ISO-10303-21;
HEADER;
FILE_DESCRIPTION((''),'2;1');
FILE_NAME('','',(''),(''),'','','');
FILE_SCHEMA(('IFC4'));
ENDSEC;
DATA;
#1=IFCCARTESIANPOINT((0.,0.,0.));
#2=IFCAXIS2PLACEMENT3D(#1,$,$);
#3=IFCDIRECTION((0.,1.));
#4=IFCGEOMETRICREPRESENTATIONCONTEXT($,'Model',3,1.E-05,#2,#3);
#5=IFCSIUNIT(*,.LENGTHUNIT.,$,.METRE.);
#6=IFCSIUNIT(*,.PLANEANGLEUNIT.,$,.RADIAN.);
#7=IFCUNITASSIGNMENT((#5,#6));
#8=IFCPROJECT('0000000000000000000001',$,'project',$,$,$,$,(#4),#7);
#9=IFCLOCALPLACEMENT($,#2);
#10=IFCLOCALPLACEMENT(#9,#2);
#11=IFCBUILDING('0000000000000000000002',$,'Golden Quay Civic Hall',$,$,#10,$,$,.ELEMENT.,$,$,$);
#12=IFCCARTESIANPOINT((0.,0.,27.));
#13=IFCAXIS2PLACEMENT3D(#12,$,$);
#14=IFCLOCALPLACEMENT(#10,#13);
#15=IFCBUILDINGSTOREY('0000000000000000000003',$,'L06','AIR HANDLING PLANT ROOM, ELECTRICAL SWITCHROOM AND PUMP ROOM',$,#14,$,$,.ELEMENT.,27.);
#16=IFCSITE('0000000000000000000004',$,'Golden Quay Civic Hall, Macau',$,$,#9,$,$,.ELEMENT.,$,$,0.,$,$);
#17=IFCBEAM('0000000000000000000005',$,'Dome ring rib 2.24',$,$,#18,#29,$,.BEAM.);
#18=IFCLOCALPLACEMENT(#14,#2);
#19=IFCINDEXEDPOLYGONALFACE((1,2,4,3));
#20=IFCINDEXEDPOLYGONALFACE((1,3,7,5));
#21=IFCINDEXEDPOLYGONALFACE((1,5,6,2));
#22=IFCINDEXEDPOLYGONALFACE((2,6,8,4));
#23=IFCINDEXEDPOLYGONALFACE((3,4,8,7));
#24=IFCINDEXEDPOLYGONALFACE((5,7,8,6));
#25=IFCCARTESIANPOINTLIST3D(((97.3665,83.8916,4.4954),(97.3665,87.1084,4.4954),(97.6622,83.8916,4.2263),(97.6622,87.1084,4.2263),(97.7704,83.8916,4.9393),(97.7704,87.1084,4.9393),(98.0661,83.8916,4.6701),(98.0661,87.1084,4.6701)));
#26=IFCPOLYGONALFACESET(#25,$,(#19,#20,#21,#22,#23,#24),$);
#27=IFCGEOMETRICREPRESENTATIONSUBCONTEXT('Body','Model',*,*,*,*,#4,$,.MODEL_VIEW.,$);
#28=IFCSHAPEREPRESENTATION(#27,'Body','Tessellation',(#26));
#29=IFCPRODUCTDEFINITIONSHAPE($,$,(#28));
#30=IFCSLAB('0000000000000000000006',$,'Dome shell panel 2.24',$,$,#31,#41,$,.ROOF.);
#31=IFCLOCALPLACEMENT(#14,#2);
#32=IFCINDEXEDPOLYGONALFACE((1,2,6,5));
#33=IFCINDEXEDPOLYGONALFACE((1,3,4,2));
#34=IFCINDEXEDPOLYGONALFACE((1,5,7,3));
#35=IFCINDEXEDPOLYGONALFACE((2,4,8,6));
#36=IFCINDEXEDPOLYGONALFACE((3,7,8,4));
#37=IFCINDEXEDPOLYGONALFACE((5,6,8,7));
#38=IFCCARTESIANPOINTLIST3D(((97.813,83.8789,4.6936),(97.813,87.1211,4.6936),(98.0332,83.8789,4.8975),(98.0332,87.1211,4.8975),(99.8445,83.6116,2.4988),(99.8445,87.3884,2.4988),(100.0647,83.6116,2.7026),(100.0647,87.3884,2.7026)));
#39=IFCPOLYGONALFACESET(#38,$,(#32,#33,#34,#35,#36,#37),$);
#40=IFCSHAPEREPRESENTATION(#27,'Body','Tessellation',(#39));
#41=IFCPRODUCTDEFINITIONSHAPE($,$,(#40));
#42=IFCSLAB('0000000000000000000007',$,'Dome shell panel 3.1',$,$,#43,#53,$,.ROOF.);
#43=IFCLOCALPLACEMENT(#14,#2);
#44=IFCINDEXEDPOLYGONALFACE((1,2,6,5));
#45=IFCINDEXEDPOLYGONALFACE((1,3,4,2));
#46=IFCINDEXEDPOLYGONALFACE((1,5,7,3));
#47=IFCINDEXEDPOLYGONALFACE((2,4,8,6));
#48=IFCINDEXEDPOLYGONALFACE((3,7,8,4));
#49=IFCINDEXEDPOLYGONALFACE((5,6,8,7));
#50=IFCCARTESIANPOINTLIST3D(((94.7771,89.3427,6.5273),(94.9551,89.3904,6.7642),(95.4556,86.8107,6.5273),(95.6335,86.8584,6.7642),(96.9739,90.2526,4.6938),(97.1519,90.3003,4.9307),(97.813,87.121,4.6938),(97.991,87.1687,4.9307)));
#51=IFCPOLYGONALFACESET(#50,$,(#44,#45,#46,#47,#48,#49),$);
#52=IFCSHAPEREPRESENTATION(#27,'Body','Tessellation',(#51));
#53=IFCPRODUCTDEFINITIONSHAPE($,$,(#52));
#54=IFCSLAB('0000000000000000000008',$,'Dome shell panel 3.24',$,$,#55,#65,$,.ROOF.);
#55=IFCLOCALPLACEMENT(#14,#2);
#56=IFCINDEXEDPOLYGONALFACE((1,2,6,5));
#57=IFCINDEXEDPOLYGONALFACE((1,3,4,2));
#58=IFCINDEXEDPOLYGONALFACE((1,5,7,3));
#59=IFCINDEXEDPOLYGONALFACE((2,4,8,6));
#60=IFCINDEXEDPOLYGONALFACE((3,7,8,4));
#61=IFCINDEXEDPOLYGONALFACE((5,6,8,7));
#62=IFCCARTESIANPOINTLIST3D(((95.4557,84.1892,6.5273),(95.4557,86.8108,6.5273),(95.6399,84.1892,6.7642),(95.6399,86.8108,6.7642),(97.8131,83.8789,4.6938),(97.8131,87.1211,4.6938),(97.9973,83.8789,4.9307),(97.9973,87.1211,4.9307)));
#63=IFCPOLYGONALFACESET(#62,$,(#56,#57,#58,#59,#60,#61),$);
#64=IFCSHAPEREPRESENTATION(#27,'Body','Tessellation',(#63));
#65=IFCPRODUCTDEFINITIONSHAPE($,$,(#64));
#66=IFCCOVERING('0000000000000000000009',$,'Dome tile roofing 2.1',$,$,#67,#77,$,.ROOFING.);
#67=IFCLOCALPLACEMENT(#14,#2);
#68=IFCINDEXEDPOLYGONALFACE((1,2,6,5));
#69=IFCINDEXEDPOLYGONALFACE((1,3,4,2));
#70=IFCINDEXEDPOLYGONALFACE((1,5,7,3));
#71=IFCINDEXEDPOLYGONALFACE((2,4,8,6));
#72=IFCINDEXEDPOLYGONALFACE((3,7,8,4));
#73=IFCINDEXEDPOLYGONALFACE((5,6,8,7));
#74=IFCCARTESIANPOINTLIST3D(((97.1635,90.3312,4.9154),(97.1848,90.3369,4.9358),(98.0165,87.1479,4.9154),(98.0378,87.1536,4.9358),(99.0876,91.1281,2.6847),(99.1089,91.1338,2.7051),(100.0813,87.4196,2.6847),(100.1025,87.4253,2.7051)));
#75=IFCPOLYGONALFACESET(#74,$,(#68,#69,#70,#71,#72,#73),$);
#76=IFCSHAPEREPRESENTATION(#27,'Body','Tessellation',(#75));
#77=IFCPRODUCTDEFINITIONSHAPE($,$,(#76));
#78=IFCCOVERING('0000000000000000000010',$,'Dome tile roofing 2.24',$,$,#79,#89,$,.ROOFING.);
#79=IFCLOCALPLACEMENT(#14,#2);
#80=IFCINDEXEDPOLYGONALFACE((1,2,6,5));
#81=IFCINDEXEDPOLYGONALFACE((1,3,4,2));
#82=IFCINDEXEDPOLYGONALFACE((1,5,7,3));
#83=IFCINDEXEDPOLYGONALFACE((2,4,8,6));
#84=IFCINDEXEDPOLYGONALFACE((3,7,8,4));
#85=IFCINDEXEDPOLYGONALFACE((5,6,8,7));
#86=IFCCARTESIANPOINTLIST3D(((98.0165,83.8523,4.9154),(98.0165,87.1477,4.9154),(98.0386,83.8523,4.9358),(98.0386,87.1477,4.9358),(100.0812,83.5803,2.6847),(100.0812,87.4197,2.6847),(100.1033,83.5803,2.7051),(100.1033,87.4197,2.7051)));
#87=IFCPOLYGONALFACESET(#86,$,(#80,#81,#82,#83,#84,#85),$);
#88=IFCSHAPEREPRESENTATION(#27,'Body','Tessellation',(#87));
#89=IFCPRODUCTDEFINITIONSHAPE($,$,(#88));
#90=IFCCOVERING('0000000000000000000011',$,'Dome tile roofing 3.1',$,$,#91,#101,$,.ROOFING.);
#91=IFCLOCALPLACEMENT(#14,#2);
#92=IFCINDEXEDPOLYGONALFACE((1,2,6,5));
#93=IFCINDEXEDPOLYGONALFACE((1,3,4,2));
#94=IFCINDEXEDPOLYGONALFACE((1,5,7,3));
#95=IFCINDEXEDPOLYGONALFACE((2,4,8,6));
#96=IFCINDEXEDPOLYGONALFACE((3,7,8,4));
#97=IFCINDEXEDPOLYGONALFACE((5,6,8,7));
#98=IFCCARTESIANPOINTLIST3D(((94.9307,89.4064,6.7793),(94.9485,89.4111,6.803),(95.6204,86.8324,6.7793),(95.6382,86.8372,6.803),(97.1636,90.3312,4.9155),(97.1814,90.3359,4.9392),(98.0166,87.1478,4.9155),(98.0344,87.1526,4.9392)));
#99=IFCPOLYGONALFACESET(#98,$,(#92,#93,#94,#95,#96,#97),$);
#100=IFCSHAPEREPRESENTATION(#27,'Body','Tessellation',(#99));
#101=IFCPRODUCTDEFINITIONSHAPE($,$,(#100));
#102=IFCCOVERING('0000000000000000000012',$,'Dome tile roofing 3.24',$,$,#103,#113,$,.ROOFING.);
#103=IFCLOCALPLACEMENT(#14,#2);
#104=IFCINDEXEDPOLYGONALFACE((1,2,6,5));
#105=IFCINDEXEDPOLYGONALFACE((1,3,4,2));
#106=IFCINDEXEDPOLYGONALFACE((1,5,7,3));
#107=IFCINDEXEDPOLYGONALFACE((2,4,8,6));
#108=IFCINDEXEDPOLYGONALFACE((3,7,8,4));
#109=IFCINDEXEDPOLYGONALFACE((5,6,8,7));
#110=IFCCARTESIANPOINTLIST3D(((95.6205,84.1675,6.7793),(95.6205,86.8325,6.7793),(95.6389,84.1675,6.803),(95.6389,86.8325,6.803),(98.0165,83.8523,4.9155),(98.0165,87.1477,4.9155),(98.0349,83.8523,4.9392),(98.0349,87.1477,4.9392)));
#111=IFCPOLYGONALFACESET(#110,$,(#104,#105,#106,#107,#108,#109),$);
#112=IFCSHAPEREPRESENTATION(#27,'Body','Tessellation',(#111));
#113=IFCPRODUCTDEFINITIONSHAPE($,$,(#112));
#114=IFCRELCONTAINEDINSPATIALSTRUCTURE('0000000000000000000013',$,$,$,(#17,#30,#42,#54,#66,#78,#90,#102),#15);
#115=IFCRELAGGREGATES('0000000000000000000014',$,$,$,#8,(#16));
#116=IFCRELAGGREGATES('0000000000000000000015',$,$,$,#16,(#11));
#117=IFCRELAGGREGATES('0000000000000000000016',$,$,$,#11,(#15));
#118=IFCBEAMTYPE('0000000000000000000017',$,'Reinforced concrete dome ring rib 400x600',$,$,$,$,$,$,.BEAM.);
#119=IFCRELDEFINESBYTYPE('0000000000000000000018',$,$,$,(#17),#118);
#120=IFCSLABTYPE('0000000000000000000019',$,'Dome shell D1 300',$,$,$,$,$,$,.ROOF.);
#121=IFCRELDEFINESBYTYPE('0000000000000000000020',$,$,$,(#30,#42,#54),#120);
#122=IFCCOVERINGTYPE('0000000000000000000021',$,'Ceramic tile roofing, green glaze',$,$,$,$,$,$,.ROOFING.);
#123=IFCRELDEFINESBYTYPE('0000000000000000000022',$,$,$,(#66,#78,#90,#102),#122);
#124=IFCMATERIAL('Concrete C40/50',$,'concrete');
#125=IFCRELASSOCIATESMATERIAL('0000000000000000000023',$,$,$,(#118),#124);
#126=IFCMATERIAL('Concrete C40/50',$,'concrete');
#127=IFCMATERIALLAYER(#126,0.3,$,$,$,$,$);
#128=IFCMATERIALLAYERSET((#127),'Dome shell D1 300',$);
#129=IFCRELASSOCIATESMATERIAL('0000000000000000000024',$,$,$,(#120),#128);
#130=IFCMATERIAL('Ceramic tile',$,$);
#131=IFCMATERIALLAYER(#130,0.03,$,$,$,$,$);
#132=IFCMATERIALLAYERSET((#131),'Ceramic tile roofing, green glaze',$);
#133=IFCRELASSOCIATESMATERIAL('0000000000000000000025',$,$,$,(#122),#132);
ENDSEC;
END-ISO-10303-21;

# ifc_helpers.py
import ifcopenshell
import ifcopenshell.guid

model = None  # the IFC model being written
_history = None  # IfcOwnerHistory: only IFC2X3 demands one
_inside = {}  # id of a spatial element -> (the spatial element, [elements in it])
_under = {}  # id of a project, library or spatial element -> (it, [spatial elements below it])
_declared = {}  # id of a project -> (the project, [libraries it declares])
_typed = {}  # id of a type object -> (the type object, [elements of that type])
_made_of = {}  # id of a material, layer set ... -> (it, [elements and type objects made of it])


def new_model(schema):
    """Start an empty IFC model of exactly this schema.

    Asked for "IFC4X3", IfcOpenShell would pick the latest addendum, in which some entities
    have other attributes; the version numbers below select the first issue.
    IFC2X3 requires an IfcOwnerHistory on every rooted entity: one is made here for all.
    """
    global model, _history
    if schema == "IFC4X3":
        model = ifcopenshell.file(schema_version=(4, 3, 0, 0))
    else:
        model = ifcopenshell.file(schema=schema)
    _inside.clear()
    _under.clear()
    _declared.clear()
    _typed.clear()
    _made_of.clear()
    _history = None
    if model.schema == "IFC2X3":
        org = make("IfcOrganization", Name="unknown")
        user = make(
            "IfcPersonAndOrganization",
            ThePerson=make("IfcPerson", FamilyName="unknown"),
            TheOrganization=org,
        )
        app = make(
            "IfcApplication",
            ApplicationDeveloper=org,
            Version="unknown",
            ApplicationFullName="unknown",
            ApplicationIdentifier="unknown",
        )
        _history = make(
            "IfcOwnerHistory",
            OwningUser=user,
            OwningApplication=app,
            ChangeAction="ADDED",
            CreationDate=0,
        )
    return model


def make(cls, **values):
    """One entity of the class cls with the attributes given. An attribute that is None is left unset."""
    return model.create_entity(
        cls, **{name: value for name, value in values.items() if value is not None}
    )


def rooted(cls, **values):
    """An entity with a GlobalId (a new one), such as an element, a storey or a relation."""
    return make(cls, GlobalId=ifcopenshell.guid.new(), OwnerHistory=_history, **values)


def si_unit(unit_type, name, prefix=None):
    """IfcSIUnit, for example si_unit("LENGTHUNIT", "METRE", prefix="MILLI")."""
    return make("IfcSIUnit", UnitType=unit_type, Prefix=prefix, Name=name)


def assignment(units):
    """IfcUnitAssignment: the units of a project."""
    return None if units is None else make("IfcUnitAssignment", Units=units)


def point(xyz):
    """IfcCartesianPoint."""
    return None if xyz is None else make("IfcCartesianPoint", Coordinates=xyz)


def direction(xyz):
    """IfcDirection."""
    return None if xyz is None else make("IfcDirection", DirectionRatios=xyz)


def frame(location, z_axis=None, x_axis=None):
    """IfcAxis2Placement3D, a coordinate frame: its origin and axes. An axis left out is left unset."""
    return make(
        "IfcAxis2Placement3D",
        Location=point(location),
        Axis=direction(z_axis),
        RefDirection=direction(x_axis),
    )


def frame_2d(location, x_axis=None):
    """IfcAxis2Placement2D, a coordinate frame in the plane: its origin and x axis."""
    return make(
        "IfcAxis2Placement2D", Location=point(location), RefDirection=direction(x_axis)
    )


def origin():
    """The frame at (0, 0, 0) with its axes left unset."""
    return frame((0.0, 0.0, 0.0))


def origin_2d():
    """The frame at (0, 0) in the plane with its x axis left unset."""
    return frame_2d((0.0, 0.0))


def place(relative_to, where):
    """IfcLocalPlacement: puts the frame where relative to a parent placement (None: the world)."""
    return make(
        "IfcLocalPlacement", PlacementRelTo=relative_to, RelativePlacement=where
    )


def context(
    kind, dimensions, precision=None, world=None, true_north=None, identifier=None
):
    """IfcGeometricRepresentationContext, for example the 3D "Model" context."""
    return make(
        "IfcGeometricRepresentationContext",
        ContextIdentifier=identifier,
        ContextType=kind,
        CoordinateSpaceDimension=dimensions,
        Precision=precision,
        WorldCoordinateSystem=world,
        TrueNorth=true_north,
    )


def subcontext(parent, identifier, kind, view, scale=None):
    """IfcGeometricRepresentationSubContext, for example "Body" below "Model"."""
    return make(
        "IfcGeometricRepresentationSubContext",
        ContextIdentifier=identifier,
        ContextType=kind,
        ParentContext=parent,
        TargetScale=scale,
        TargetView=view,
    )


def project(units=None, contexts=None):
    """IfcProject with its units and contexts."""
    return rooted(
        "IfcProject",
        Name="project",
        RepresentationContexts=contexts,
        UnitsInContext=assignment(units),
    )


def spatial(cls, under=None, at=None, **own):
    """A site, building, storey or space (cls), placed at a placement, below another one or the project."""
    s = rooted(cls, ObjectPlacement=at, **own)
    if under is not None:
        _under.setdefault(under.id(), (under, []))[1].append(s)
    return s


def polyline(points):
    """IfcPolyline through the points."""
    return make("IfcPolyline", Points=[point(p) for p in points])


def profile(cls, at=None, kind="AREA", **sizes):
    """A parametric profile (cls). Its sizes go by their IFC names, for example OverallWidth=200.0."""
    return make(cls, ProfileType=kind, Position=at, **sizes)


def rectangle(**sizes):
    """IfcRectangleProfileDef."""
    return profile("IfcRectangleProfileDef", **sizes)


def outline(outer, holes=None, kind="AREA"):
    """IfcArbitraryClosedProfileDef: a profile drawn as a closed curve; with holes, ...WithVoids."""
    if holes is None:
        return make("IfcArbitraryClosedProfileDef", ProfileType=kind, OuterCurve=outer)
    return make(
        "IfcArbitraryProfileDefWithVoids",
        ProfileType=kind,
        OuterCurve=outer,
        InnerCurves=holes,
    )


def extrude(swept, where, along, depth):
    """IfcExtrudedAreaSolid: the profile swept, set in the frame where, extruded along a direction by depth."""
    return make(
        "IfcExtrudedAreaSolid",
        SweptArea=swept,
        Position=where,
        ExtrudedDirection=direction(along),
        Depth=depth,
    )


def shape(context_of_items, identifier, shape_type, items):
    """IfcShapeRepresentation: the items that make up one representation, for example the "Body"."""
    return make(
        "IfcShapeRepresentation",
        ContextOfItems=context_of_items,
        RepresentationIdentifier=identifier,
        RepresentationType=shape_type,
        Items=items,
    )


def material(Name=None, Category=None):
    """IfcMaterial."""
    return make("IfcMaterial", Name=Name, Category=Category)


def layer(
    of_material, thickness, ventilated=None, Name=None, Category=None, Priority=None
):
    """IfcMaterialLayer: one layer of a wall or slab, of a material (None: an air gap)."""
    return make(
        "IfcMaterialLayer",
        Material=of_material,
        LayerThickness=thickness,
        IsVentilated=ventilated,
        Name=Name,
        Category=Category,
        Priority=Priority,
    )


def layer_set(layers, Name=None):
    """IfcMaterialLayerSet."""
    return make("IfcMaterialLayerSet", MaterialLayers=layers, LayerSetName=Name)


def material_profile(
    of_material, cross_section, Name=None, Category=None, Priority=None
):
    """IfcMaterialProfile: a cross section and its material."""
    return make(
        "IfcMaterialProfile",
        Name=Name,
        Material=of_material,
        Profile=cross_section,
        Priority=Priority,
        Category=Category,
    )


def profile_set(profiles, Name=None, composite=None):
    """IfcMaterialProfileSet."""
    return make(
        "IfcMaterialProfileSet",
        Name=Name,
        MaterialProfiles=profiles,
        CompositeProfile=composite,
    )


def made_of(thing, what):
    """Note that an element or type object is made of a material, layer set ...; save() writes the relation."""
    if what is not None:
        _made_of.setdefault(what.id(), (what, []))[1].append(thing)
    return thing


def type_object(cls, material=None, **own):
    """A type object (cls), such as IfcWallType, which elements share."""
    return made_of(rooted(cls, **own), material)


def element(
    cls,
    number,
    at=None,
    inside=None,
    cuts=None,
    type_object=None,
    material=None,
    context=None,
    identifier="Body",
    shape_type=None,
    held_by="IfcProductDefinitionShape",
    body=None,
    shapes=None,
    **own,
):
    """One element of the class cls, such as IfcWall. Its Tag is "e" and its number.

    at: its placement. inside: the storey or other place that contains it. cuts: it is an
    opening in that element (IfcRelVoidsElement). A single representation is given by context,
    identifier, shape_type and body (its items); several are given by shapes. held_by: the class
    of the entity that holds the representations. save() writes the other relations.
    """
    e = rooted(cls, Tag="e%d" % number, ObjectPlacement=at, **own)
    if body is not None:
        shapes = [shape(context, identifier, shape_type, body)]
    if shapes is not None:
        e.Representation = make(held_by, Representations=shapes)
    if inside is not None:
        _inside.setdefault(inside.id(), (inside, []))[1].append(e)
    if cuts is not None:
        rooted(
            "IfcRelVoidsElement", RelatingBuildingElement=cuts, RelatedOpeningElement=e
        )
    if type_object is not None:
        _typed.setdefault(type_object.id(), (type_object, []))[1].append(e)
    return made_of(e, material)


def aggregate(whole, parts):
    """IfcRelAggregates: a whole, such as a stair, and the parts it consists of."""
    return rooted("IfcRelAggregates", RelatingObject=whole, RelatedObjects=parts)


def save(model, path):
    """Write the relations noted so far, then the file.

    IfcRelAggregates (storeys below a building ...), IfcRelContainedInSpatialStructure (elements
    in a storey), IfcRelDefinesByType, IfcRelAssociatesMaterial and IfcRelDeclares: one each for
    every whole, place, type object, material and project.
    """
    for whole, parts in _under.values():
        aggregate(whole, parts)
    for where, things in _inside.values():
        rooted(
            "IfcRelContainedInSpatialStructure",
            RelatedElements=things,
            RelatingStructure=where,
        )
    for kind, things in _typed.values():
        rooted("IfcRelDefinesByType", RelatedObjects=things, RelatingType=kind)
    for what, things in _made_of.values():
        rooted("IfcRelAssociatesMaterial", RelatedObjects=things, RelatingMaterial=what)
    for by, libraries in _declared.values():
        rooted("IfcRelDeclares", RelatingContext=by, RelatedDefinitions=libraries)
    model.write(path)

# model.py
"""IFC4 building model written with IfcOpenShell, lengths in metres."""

from ifc_helpers import new_model, si_unit, direction, frame, origin, origin_2d, place, context, subcontext, project, spatial, polyline, rectangle, outline, extrude, material, layer, layer_set, material_profile, profile_set, type_object, element, save


model = new_model("IFC4")

# Units and contexts
model_context = context("Model", 3, precision=1e-05, world=origin(), true_north=direction((0.0, 1.0)))
body_context = subcontext(model_context, "Body", "Model", "MODEL_VIEW")
ifc_project = project(units=[si_unit("LENGTHUNIT", "METRE"), si_unit("PLANEANGLEUNIT", "RADIAN")], contexts=[model_context])

# Site, building, storey
site_placement = place(None, origin())
site = spatial("IfcSite", under=ifc_project, at=site_placement, Name="Golden Quay Civic Hall, Macau", CompositionType="ELEMENT", RefElevation=0.0)
building_placement = place(site_placement, origin())
building = spatial("IfcBuilding", under=site, at=building_placement, Name="Golden Quay Civic Hall", CompositionType="ELEMENT")
storey_placement = place(building_placement, frame((0.0, 0.0, 27.0)))
storey = spatial("IfcBuildingStorey", under=building, at=storey_placement, Name="L06", Description="AIR HANDLING PLANT ROOM, ELECTRICAL SWITCHROOM AND PUMP ROOM", CompositionType="ELEMENT", Elevation=27.0)

# Beam
ifc_material_1 = material(Name="Concrete C40/50", Category="concrete")
ifc_material_profile_1 = material_profile(ifc_material_1, rectangle(XDim=0.3999, YDim=0.6001, at=origin_2d()), Name="RC 400x600")
ifc_profile_set_1 = profile_set([ifc_material_profile_1], Name="Concrete C40/50")
beam_type_1 = type_object("IfcBeamType", Name="Reinforced concrete dome ring rib 400x600", PredefinedType="BEAM", material=ifc_profile_set_1)
beam_1_placement = place(storey_placement, frame((97.7163, 83.8916, 4.5828), z_axis=(0.0, 1.0, 0.0), x_axis=(-0.739595, 0.0, 0.673053)))
element("IfcBeam", 1, at=beam_1_placement, inside=storey, type_object=beam_type_1, Name="Dome ring rib 2.24", PredefinedType="BEAM", context=body_context, shape_type="SweptSolid", body=[
    extrude(rectangle(XDim=0.3999, YDim=0.6001, at=origin_2d()), origin(), (0.0, 0.0, 1.0), 3.2168),
])

# Slabs
ifc_material_2 = material(Name="Concrete C40/50", Category="concrete")
ifc_layer_1 = layer(ifc_material_2, 0.3)
ifc_layer_set_1 = layer_set([ifc_layer_1], Name="Dome shell D1 300")
slab_type = type_object("IfcSlabType", Name="Dome shell D1 300", PredefinedType="ROOF", material=ifc_layer_set_1)
slab_1_placement = place(storey_placement, frame((100.0647, 83.6116, 2.7026), z_axis=(0.733886, 0.0, 0.679273), x_axis=(0.0, 1.0, 0.0)))
element("IfcSlab", 2, at=slab_1_placement, inside=storey, type_object=slab_type, Name="Dome shell panel 2.24", PredefinedType="ROOF", context=body_context, shape_type="SweptSolid", body=[
    extrude(outline(polyline([(0.0, 0.0), (3.7769, 0.0), (3.5095, 2.9907), (0.2673, 2.9907), (0.0, 0.0)])), origin(), (0.0, 0.0, -1.0), 0.3),
])
slab_2_placement = place(storey_placement, frame((97.991, 87.1687, 4.9307), z_axis=(0.59301, 0.1589, 0.78936), x_axis=(-0.258821, 0.965925, -0.000002)))
element("IfcSlab", 3, at=slab_2_placement, inside=storey, type_object=slab_type, Name="Dome shell panel 3.1", PredefinedType="ROOF", context=body_context, shape_type="SweptSolid", body=[
    extrude(outline(polyline([(0.0, 0.0), (3.2421, 0.0), (2.9317, 2.9865), (0.3104, 2.9865), (0.0, 0.0)])), origin(), (0.0, 0.0, -1.0), 0.3),
])
slab_3_placement = place(storey_placement, frame((97.9973, 83.8789, 4.9307), z_axis=(0.613929, 0.0, 0.789361), x_axis=(0.0, 1.0, 0.0)))
element("IfcSlab", 4, at=slab_3_placement, inside=storey, type_object=slab_type, Name="Dome shell panel 3.24", PredefinedType="ROOF", context=body_context, shape_type="SweptSolid", body=[
    extrude(outline(polyline([(0.0, 0.0), (3.2422, 0.0), (2.9319, 2.9865), (0.3103, 2.9865), (0.0, 0.0)])), origin(), (0.0, 0.0, -1.0), 0.3),
])

# Coverings
ifc_material_3 = material(Name="Ceramic tile")
ifc_layer_2 = layer(ifc_material_3, 0.03)
ifc_layer_set_2 = layer_set([ifc_layer_2], Name="Ceramic tile roofing, green glaze")
covering_type = type_object("IfcCoveringType", Name="Ceramic tile roofing, green glaze", PredefinedType="ROOFING", material=ifc_layer_set_2)
covering_1_placement = place(storey_placement, frame((100.1025, 87.4253, 2.7051), z_axis=(0.708878, 0.189945, 0.679273), x_axis=(-0.258816, 0.965927, -0.000006)))
element("IfcCovering", 5, at=covering_1_placement, inside=storey, type_object=covering_type, Name="Dome tile roofing 2.1", PredefinedType="ROOFING", context=body_context, shape_type="SweptSolid", body=[
    extrude(outline(polyline([(0.0, 0.0), (3.8393, 0.0), (3.5676, 3.0396), (0.2719, 3.0396), (0.0, 0.0)])), origin(), (0.0, 0.0, -1.0), 0.03),
])
covering_2_placement = place(storey_placement, frame((100.1033, 83.5803, 2.7051), z_axis=(0.733888, 0.0, 0.67927), x_axis=(0.0, 1.0, 0.0)))
element("IfcCovering", 6, at=covering_2_placement, inside=storey, type_object=covering_type, Name="Dome tile roofing 2.24", PredefinedType="ROOFING", context=body_context, shape_type="SweptSolid", body=[
    extrude(outline(polyline([(0.0, 0.0), (3.8394, 0.0), (3.5674, 3.0396), (0.272, 3.0396), (0.0, 0.0)])), origin(), (0.0, 0.0, -1.0), 0.03),
])
covering_3_placement = place(storey_placement, frame((98.0344, 87.1526, 4.9392), z_axis=(0.59303, 0.158908, 0.789344), x_axis=(-0.258831, 0.965923, 0.000003)))
element("IfcCovering", 7, at=covering_3_placement, inside=storey, type_object=covering_type, Name="Dome tile roofing 3.1", PredefinedType="ROOFING", context=body_context, shape_type="SweptSolid", body=[
    extrude(outline(polyline([(0.0, 0.0), (3.2957, 0.0), (2.9803, 3.0357), (0.3155, 3.0357), (0.0, 0.0)])), origin(), (0.0, 0.0, -1.0), 0.03),
])
covering_4_placement = place(storey_placement, frame((98.0349, 83.8523, 4.9392), z_axis=(0.613985, 0.0, 0.789318), x_axis=(0.0, 1.0, 0.0)))
element("IfcCovering", 8, at=covering_4_placement, inside=storey, type_object=covering_type, Name="Dome tile roofing 3.24", PredefinedType="ROOFING", context=body_context, shape_type="SweptSolid", body=[
    extrude(outline(polyline([(0.0, 0.0), (3.2954, 0.0), (2.9802, 3.0355), (0.3152, 3.0355), (0.0, 0.0)])), origin(), (0.0, 0.0, -1.0), 0.03),
])

save(model, "model.ifc")
